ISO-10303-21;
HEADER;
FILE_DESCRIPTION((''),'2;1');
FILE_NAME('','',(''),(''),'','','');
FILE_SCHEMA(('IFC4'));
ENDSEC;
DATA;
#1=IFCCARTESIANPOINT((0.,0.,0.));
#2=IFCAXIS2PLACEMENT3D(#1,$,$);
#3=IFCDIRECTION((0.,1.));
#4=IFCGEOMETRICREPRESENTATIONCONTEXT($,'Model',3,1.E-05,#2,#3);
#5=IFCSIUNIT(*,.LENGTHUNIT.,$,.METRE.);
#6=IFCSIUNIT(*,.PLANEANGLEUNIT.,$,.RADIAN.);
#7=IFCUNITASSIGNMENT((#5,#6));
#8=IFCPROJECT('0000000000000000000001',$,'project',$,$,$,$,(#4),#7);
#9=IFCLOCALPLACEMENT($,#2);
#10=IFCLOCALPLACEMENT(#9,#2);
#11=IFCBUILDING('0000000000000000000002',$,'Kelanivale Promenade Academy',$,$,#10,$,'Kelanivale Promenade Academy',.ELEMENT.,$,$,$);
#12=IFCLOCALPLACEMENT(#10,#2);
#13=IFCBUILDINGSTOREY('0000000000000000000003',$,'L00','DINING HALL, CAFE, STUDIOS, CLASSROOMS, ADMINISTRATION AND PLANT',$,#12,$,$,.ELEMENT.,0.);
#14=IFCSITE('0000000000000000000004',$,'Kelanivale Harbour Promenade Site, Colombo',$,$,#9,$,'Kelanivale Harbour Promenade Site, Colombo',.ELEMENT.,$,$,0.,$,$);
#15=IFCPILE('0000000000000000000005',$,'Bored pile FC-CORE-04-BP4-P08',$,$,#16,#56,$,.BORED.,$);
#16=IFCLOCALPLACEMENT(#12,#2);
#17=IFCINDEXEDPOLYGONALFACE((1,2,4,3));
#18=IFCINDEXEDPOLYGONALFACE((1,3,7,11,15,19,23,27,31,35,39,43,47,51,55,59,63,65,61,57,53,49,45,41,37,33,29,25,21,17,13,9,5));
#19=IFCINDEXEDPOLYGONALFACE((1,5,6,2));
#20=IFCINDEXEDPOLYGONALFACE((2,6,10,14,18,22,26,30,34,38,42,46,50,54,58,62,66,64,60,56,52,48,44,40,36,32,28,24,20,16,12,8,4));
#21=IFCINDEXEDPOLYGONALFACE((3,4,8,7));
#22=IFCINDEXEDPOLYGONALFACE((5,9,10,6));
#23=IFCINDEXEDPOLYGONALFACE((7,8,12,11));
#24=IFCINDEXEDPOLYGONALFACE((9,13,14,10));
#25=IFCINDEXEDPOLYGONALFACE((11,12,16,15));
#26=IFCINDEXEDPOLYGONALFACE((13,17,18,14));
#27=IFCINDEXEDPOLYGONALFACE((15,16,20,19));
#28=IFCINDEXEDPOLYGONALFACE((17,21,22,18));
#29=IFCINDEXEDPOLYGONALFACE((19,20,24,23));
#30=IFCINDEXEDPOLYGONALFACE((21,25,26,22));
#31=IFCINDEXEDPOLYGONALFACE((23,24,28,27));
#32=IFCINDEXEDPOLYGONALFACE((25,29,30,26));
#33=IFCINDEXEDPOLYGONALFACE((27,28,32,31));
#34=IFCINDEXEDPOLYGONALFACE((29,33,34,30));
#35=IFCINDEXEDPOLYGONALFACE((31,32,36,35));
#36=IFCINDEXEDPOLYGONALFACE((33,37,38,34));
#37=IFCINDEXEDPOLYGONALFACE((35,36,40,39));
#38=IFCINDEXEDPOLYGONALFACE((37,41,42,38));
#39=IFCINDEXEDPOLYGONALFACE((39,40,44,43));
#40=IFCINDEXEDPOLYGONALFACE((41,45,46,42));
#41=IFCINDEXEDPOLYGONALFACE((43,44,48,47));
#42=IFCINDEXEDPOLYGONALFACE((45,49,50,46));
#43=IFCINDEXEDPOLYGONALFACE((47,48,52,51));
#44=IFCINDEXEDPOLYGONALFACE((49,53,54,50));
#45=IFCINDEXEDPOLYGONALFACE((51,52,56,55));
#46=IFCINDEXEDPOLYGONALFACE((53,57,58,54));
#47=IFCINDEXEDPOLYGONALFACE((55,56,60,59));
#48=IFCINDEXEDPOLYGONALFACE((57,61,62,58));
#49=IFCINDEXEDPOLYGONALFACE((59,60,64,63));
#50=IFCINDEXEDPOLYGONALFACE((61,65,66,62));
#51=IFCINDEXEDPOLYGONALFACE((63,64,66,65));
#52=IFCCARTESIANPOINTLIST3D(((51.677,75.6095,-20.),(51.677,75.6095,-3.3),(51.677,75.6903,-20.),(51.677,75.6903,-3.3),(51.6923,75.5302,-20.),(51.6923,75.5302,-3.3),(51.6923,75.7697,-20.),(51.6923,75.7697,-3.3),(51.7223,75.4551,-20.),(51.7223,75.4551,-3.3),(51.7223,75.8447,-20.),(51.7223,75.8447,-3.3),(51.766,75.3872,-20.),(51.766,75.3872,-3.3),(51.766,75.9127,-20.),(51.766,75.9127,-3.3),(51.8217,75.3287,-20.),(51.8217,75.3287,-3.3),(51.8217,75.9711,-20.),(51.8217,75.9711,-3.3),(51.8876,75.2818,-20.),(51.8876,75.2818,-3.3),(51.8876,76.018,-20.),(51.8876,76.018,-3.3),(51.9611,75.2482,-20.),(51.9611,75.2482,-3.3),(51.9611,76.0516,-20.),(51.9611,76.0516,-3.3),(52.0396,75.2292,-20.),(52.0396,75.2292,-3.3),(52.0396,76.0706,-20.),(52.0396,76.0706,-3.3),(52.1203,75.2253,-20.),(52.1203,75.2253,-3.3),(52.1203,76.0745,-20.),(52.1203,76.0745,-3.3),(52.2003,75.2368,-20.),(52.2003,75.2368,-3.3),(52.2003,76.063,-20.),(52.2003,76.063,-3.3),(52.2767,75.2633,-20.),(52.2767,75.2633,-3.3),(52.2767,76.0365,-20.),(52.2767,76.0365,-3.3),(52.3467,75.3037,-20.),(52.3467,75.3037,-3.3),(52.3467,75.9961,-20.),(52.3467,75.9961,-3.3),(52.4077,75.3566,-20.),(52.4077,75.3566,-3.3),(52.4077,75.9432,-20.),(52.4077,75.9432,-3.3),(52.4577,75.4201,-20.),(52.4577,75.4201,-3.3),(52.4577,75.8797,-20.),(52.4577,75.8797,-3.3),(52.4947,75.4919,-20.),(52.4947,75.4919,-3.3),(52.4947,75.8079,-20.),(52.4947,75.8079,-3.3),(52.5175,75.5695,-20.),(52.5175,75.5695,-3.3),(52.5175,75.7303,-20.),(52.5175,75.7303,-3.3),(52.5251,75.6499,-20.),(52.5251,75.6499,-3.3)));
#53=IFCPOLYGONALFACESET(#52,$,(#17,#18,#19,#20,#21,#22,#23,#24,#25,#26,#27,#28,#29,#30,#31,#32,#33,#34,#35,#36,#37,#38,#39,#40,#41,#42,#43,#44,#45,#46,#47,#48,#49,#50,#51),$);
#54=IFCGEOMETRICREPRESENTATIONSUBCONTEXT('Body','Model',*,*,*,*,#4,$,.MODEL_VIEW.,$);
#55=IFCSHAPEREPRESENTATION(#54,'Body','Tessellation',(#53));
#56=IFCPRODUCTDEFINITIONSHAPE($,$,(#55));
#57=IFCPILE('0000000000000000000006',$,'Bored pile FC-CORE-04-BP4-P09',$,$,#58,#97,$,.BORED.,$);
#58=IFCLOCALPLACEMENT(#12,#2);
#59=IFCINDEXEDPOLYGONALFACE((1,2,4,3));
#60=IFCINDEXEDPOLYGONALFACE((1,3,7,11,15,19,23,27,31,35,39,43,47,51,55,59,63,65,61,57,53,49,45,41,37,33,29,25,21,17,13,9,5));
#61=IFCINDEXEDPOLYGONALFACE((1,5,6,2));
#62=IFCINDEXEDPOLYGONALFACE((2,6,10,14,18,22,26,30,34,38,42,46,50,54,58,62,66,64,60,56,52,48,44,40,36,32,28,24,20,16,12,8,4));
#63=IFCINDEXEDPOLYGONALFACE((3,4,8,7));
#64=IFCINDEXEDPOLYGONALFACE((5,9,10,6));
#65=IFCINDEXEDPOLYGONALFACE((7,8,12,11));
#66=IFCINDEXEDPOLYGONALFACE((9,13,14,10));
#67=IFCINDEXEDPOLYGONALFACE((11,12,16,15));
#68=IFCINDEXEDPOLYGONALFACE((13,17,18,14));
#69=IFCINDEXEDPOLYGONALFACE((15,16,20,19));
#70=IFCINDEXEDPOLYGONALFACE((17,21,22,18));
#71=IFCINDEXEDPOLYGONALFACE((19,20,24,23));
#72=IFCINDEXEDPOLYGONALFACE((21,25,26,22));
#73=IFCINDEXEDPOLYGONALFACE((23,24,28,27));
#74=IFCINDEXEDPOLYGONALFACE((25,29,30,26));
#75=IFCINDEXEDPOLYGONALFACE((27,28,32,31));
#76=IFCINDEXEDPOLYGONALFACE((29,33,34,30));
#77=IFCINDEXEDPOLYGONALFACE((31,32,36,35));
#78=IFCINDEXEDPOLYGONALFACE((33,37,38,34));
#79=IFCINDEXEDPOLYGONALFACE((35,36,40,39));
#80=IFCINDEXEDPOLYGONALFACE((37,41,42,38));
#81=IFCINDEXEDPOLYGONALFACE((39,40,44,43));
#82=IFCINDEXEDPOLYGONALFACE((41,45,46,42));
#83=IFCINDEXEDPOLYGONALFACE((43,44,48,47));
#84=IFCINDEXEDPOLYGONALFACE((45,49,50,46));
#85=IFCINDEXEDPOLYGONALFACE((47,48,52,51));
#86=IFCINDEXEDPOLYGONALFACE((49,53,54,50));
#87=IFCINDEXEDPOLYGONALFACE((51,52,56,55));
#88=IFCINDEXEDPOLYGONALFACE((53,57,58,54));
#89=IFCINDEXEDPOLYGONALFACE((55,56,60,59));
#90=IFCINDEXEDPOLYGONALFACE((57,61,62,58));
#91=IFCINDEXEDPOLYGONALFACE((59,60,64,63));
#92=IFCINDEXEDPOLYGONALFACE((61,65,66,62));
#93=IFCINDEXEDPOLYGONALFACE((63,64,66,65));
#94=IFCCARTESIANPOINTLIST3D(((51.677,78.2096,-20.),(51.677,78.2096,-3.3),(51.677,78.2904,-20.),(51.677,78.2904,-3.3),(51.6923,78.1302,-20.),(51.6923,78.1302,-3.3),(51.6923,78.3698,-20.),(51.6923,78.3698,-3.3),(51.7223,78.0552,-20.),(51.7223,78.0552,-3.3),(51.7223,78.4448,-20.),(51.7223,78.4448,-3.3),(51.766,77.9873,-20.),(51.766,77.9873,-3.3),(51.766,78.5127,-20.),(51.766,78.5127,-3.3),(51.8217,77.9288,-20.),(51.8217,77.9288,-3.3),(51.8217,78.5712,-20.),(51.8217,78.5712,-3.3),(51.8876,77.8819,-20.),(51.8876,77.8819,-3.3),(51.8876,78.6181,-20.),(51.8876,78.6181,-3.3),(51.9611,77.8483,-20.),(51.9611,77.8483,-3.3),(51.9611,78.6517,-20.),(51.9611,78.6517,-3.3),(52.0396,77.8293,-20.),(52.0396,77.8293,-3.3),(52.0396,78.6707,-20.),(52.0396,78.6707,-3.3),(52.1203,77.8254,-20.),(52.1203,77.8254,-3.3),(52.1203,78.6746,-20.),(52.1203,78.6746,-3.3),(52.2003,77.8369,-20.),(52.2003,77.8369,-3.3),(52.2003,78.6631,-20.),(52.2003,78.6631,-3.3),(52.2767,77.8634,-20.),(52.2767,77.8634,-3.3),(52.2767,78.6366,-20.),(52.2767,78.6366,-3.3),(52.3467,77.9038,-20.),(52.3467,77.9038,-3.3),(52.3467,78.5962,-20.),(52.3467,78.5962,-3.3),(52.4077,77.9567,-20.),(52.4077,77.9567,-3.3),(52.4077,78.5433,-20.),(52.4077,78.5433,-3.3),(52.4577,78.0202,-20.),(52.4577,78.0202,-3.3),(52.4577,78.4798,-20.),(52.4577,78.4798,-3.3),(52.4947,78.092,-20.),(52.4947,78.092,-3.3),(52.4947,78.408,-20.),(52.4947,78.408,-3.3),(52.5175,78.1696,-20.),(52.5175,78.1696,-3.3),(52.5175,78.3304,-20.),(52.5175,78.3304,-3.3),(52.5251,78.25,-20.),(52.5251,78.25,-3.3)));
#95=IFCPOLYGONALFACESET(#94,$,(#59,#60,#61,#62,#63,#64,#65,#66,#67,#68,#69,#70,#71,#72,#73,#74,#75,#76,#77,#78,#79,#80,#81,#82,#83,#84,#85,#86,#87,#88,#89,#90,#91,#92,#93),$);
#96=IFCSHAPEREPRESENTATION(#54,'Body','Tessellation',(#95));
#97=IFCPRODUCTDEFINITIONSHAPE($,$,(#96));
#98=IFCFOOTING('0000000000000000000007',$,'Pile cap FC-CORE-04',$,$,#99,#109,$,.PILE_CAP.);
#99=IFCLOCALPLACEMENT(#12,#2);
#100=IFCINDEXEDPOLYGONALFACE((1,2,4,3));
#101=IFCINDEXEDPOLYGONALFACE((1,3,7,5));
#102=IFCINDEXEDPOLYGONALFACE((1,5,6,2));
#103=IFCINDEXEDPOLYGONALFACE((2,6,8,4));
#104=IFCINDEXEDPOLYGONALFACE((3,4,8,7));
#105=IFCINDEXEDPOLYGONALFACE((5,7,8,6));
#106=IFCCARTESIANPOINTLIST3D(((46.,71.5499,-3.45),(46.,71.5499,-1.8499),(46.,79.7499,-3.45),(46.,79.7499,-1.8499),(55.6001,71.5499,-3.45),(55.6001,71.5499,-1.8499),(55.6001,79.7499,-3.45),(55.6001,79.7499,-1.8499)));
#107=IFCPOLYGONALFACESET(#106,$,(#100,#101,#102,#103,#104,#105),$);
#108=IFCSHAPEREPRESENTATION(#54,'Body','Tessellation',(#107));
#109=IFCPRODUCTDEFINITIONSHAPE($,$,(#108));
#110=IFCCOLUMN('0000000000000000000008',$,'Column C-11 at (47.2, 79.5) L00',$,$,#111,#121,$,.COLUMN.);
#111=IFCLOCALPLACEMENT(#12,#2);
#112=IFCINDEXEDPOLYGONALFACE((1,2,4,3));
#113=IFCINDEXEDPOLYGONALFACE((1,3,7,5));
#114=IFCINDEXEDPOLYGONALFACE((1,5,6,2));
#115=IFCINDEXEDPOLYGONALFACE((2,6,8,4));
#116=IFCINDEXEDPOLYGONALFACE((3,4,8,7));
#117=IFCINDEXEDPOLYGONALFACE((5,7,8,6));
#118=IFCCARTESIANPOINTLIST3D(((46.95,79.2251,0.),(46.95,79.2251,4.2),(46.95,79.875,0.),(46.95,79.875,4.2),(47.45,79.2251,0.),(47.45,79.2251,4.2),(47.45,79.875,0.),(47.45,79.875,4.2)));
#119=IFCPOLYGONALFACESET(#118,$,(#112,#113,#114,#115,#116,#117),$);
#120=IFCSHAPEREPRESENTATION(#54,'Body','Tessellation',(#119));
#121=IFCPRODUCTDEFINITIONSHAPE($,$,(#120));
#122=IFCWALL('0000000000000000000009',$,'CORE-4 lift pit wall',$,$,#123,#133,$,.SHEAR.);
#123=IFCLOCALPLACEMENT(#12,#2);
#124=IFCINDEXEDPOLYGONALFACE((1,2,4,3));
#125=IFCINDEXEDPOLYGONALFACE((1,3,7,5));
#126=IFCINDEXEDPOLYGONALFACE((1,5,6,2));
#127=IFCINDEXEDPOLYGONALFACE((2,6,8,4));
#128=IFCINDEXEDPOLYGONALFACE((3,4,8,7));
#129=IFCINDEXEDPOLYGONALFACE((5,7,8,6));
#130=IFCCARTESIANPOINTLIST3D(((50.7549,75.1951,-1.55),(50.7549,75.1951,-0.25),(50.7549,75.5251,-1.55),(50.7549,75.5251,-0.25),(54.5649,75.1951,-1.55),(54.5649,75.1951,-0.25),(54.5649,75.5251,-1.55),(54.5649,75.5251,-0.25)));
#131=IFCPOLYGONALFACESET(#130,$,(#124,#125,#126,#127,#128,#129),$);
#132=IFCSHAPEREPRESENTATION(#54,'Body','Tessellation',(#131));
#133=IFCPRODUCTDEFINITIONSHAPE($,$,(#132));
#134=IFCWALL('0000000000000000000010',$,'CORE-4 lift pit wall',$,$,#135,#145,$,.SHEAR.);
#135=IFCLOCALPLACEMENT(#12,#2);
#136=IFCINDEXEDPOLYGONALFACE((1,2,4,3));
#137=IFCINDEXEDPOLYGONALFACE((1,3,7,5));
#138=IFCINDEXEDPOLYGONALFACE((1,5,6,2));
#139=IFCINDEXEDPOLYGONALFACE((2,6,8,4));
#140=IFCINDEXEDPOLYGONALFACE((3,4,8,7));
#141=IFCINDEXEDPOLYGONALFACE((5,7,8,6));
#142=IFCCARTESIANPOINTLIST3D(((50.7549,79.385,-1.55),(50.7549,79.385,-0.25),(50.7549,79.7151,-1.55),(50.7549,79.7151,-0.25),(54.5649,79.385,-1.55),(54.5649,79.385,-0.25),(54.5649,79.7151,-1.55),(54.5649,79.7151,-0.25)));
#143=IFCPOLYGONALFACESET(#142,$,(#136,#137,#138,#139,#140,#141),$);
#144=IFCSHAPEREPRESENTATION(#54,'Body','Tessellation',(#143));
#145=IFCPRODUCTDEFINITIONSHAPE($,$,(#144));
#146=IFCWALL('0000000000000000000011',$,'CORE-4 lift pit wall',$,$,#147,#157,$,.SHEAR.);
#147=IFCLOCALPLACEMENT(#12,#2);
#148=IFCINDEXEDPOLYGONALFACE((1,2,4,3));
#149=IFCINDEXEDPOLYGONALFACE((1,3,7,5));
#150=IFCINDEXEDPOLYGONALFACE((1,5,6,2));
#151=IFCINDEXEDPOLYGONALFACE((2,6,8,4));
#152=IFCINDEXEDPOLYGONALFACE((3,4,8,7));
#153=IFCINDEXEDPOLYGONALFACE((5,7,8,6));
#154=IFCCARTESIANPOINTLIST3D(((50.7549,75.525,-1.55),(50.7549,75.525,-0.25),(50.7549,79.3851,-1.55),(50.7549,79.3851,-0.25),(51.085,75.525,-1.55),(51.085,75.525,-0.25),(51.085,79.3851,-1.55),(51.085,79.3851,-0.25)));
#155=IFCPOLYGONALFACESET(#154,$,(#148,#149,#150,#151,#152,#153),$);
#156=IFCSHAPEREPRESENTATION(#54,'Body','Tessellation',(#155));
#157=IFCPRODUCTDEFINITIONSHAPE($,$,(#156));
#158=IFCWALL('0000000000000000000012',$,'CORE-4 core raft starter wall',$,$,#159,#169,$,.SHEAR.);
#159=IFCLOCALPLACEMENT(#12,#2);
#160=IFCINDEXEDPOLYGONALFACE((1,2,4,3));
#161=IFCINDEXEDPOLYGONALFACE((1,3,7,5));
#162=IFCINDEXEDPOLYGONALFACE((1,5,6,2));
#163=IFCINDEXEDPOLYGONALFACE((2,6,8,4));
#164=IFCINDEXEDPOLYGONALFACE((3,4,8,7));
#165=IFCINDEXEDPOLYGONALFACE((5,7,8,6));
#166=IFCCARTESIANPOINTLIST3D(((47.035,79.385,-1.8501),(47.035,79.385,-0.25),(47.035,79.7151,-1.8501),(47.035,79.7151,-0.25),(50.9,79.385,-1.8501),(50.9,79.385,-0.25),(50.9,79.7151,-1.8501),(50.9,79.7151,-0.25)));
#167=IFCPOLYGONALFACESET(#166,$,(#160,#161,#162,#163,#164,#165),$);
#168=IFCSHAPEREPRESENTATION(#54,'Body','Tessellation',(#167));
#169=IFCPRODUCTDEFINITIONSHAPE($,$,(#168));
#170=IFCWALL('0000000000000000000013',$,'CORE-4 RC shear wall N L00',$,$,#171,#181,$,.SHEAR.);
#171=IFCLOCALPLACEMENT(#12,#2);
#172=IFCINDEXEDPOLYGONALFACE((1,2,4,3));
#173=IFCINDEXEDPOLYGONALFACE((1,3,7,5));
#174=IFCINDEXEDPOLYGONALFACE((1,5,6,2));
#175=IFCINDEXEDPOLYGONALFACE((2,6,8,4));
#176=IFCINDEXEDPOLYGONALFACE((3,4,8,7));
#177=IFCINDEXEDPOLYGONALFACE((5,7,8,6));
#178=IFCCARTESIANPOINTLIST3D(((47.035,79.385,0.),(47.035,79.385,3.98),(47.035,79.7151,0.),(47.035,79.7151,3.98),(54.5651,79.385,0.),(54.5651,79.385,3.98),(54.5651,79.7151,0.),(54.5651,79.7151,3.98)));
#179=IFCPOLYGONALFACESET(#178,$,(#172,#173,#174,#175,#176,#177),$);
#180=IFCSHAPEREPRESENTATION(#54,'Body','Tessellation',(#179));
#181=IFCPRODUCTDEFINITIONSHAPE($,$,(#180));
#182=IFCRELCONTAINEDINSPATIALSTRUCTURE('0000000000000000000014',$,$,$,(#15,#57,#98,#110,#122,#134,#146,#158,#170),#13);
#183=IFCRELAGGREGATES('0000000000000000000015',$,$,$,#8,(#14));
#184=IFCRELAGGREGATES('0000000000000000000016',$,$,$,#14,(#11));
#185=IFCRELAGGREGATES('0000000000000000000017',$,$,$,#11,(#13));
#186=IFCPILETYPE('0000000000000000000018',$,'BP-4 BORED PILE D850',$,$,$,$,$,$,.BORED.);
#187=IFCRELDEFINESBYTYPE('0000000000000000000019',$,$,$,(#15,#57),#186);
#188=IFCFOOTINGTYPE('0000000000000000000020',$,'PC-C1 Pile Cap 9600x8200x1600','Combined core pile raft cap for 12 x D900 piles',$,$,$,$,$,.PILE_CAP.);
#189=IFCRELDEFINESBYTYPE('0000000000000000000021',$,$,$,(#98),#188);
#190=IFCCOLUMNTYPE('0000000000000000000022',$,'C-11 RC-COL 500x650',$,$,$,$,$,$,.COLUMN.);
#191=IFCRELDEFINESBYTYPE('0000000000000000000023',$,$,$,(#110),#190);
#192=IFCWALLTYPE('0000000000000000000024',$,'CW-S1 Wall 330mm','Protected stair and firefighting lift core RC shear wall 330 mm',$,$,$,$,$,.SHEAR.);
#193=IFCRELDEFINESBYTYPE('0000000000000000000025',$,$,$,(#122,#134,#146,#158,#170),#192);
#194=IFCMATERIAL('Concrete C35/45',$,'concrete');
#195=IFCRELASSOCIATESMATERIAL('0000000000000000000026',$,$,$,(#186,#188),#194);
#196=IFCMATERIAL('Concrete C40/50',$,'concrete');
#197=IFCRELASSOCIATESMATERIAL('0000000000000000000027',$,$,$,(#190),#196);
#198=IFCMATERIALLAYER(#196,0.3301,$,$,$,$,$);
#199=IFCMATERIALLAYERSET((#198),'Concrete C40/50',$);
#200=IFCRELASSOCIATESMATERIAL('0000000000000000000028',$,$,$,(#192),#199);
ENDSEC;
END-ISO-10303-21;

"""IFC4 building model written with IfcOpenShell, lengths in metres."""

from ifc_helpers import new_model, si_unit, direction, frame, frame_2d, origin, origin_2d, place, context, subcontext, project, spatial, rectangle, circle, extrude, material, layer, layer_set, material_profile, profile_set, type_object, element, save


model = new_model("IFC4")

# Units and contexts
model_context = context("Model", 3, precision=1e-05, world=origin(), true_north=direction((0.0, 1.0)))
body_context = subcontext(model_context, "Body", "Model", "MODEL_VIEW")
ifc_project = project(units=[si_unit("LENGTHUNIT", "METRE"), si_unit("PLANEANGLEUNIT", "RADIAN")], contexts=[model_context])

# Site, building, storey
site_placement = place(None, origin())
site = spatial("IfcSite", under=ifc_project, at=site_placement, Name="Kelanivale Harbour Promenade Site, Colombo", LongName="Kelanivale Harbour Promenade Site, Colombo", CompositionType="ELEMENT", RefElevation=0.0)
building_placement = place(site_placement, origin())
building = spatial("IfcBuilding", under=site, at=building_placement, Name="Kelanivale Promenade Academy", LongName="Kelanivale Promenade Academy", CompositionType="ELEMENT")
storey_placement = place(building_placement, origin())
storey = spatial("IfcBuildingStorey", under=building, at=storey_placement, Name="L00", Description="DINING HALL, CAFE, STUDIOS, CLASSROOMS, ADMINISTRATION AND PLANT", CompositionType="ELEMENT", Elevation=0.0)

# Piles
ifc_material_1 = material(Name="Concrete C35/45", Category="concrete")
ifc_material_profile_1 = material_profile(ifc_material_1, circle(Radius=0.425, at=origin_2d()), Name="BORED PILE D850")
ifc_profile_set_1 = profile_set([ifc_material_profile_1], Name="Concrete C35/45")
pile_type = type_object("IfcPileType", Name="BP-4 BORED PILE D850", PredefinedType="BORED", material=ifc_profile_set_1)
for number, where, z_axis, x_axis, name in (
    (1, (52.1001, 75.6499, -3.3), (0.0, 0.0, -1.0), (1.0, 0.0, 0.0), "Bored pile FC-CORE-04-BP4-P08"),
    (2, (52.1001, 78.25, -3.3), (0.0, 0.0, -1.0), (1.0, 0.0, 0.0), "Bored pile FC-CORE-04-BP4-P09"),
):
    element("IfcPile", number, at=place(storey_placement, frame(where, z_axis=z_axis, x_axis=x_axis)), inside=storey, type_object=pile_type, Name=name, PredefinedType="BORED", context=body_context, shape_type="SweptSolid", body=[
        extrude(circle(Radius=0.425, at=origin_2d()), origin(), (0.0, 0.0, 1.0), 16.7),
    ])

# Footing
footing_type = type_object("IfcFootingType", Name="PC-C1 Pile Cap 9600x8200x1600", Description="Combined core pile raft cap for 12 x D900 piles", PredefinedType="PILE_CAP", material=ifc_material_1)
footing_placement = place(storey_placement, frame((50.8, 75.6499, -3.45), z_axis=(0.0, 0.0, 1.0), x_axis=(1.0, 0.0, 0.0)))
element("IfcFooting", 3, at=footing_placement, inside=storey, type_object=footing_type, Name="Pile cap FC-CORE-04", PredefinedType="PILE_CAP", context=body_context, shape_type="SweptSolid", body=[
    extrude(rectangle(XDim=9.6001, YDim=8.2, at=origin_2d()), origin(), (0.0, 0.0, 1.0), 1.6001),
])

# Column
ifc_material_2 = material(Name="Concrete C40/50", Category="concrete")
ifc_material_profile_2 = material_profile(ifc_material_2, rectangle(XDim=0.5, YDim=0.6499, at=origin_2d()), Name="RC-COL 500x650")
ifc_profile_set_2 = profile_set([ifc_material_profile_2], Name="Concrete C40/50")
column_type = type_object("IfcColumnType", Name="C-11 RC-COL 500x650", PredefinedType="COLUMN", material=ifc_profile_set_2)
column_placement = place(storey_placement, frame((47.2, 79.55, 0.0), z_axis=(0.0, 0.0, 1.0), x_axis=(1.0, 0.0, 0.0)))
element("IfcColumn", 4, at=column_placement, inside=storey, type_object=column_type, Name="Column C-11 at (47.2, 79.5) L00", PredefinedType="COLUMN", context=body_context, shape_type="SweptSolid", body=[
    extrude(rectangle(XDim=0.5, YDim=0.6499, at=origin_2d()), origin(), (0.0, 0.0, 1.0), 4.2),
])

# Walls
ifc_layer_1 = layer(ifc_material_2, 0.3301)
ifc_layer_set_1 = layer_set([ifc_layer_1], Name="Concrete C40/50")
wall_type_1 = type_object("IfcWallType", Name="CW-S1 Wall 330mm", Description="Protected stair and firefighting lift core RC shear wall 330 mm", PredefinedType="SHEAR", material=ifc_layer_set_1)
for number, where, z_axis, x_axis, name in (
    (5, (50.7549, 75.3601, -1.55), (0.0, 0.0, 1.0), (1.0, 0.0, 0.0), "CORE-4 lift pit wall"),
    (6, (50.7549, 79.55, -1.55), (0.0, 0.0, 1.0), (1.0, 0.0, 0.0), "CORE-4 lift pit wall"),
):
    element("IfcWall", number, at=place(storey_placement, frame(where, z_axis=z_axis, x_axis=x_axis)), inside=storey, type_object=wall_type_1, Name=name, PredefinedType="SHEAR", context=body_context, shape_type="SweptSolid", body=[
        extrude(rectangle(XDim=3.8101, YDim=0.3301, at=frame_2d((1.905, 0.0))), origin(), (0.0, 0.0, 1.0), 1.3),
    ])
wall_1_placement = place(storey_placement, frame((50.9199, 75.5249, -1.55), z_axis=(0.0, 0.0, 1.0), x_axis=(0.0, 1.0, 0.0)))
element("IfcWall", 7, at=wall_1_placement, inside=storey, type_object=wall_type_1, Name="CORE-4 lift pit wall", PredefinedType="SHEAR", context=body_context, shape_type="SweptSolid", body=[
    extrude(rectangle(XDim=3.8601, YDim=0.3301, at=frame_2d((1.9302, 0.0))), origin(), (0.0, 0.0, 1.0), 1.3),
])
wall_2_placement = place(storey_placement, frame((47.0349, 79.55, -1.8501), z_axis=(0.0, 0.0, 1.0), x_axis=(1.0, 0.0, 0.0)))
element("IfcWall", 8, at=wall_2_placement, inside=storey, type_object=wall_type_1, Name="CORE-4 core raft starter wall", PredefinedType="SHEAR", context=body_context, shape_type="SweptSolid", body=[
    extrude(rectangle(XDim=3.865, YDim=0.3301, at=frame_2d((1.9326, 0.0))), origin(), (0.0, 0.0, 1.0), 1.6001),
])
wall_3_placement = place(storey_placement, frame((47.0349, 79.55, 0.0), z_axis=(0.0, 0.0, 1.0), x_axis=(1.0, 0.0, 0.0)))
element("IfcWall", 9, at=wall_3_placement, inside=storey, type_object=wall_type_1, Name="CORE-4 RC shear wall N L00", PredefinedType="SHEAR", context=body_context, shape_type="SweptSolid", body=[
    extrude(rectangle(XDim=7.53, YDim=0.3301, at=frame_2d((3.7651, 0.0))), origin(), (0.0, 0.0, 1.0), 3.98),
])

save(model, "model.ifc")
